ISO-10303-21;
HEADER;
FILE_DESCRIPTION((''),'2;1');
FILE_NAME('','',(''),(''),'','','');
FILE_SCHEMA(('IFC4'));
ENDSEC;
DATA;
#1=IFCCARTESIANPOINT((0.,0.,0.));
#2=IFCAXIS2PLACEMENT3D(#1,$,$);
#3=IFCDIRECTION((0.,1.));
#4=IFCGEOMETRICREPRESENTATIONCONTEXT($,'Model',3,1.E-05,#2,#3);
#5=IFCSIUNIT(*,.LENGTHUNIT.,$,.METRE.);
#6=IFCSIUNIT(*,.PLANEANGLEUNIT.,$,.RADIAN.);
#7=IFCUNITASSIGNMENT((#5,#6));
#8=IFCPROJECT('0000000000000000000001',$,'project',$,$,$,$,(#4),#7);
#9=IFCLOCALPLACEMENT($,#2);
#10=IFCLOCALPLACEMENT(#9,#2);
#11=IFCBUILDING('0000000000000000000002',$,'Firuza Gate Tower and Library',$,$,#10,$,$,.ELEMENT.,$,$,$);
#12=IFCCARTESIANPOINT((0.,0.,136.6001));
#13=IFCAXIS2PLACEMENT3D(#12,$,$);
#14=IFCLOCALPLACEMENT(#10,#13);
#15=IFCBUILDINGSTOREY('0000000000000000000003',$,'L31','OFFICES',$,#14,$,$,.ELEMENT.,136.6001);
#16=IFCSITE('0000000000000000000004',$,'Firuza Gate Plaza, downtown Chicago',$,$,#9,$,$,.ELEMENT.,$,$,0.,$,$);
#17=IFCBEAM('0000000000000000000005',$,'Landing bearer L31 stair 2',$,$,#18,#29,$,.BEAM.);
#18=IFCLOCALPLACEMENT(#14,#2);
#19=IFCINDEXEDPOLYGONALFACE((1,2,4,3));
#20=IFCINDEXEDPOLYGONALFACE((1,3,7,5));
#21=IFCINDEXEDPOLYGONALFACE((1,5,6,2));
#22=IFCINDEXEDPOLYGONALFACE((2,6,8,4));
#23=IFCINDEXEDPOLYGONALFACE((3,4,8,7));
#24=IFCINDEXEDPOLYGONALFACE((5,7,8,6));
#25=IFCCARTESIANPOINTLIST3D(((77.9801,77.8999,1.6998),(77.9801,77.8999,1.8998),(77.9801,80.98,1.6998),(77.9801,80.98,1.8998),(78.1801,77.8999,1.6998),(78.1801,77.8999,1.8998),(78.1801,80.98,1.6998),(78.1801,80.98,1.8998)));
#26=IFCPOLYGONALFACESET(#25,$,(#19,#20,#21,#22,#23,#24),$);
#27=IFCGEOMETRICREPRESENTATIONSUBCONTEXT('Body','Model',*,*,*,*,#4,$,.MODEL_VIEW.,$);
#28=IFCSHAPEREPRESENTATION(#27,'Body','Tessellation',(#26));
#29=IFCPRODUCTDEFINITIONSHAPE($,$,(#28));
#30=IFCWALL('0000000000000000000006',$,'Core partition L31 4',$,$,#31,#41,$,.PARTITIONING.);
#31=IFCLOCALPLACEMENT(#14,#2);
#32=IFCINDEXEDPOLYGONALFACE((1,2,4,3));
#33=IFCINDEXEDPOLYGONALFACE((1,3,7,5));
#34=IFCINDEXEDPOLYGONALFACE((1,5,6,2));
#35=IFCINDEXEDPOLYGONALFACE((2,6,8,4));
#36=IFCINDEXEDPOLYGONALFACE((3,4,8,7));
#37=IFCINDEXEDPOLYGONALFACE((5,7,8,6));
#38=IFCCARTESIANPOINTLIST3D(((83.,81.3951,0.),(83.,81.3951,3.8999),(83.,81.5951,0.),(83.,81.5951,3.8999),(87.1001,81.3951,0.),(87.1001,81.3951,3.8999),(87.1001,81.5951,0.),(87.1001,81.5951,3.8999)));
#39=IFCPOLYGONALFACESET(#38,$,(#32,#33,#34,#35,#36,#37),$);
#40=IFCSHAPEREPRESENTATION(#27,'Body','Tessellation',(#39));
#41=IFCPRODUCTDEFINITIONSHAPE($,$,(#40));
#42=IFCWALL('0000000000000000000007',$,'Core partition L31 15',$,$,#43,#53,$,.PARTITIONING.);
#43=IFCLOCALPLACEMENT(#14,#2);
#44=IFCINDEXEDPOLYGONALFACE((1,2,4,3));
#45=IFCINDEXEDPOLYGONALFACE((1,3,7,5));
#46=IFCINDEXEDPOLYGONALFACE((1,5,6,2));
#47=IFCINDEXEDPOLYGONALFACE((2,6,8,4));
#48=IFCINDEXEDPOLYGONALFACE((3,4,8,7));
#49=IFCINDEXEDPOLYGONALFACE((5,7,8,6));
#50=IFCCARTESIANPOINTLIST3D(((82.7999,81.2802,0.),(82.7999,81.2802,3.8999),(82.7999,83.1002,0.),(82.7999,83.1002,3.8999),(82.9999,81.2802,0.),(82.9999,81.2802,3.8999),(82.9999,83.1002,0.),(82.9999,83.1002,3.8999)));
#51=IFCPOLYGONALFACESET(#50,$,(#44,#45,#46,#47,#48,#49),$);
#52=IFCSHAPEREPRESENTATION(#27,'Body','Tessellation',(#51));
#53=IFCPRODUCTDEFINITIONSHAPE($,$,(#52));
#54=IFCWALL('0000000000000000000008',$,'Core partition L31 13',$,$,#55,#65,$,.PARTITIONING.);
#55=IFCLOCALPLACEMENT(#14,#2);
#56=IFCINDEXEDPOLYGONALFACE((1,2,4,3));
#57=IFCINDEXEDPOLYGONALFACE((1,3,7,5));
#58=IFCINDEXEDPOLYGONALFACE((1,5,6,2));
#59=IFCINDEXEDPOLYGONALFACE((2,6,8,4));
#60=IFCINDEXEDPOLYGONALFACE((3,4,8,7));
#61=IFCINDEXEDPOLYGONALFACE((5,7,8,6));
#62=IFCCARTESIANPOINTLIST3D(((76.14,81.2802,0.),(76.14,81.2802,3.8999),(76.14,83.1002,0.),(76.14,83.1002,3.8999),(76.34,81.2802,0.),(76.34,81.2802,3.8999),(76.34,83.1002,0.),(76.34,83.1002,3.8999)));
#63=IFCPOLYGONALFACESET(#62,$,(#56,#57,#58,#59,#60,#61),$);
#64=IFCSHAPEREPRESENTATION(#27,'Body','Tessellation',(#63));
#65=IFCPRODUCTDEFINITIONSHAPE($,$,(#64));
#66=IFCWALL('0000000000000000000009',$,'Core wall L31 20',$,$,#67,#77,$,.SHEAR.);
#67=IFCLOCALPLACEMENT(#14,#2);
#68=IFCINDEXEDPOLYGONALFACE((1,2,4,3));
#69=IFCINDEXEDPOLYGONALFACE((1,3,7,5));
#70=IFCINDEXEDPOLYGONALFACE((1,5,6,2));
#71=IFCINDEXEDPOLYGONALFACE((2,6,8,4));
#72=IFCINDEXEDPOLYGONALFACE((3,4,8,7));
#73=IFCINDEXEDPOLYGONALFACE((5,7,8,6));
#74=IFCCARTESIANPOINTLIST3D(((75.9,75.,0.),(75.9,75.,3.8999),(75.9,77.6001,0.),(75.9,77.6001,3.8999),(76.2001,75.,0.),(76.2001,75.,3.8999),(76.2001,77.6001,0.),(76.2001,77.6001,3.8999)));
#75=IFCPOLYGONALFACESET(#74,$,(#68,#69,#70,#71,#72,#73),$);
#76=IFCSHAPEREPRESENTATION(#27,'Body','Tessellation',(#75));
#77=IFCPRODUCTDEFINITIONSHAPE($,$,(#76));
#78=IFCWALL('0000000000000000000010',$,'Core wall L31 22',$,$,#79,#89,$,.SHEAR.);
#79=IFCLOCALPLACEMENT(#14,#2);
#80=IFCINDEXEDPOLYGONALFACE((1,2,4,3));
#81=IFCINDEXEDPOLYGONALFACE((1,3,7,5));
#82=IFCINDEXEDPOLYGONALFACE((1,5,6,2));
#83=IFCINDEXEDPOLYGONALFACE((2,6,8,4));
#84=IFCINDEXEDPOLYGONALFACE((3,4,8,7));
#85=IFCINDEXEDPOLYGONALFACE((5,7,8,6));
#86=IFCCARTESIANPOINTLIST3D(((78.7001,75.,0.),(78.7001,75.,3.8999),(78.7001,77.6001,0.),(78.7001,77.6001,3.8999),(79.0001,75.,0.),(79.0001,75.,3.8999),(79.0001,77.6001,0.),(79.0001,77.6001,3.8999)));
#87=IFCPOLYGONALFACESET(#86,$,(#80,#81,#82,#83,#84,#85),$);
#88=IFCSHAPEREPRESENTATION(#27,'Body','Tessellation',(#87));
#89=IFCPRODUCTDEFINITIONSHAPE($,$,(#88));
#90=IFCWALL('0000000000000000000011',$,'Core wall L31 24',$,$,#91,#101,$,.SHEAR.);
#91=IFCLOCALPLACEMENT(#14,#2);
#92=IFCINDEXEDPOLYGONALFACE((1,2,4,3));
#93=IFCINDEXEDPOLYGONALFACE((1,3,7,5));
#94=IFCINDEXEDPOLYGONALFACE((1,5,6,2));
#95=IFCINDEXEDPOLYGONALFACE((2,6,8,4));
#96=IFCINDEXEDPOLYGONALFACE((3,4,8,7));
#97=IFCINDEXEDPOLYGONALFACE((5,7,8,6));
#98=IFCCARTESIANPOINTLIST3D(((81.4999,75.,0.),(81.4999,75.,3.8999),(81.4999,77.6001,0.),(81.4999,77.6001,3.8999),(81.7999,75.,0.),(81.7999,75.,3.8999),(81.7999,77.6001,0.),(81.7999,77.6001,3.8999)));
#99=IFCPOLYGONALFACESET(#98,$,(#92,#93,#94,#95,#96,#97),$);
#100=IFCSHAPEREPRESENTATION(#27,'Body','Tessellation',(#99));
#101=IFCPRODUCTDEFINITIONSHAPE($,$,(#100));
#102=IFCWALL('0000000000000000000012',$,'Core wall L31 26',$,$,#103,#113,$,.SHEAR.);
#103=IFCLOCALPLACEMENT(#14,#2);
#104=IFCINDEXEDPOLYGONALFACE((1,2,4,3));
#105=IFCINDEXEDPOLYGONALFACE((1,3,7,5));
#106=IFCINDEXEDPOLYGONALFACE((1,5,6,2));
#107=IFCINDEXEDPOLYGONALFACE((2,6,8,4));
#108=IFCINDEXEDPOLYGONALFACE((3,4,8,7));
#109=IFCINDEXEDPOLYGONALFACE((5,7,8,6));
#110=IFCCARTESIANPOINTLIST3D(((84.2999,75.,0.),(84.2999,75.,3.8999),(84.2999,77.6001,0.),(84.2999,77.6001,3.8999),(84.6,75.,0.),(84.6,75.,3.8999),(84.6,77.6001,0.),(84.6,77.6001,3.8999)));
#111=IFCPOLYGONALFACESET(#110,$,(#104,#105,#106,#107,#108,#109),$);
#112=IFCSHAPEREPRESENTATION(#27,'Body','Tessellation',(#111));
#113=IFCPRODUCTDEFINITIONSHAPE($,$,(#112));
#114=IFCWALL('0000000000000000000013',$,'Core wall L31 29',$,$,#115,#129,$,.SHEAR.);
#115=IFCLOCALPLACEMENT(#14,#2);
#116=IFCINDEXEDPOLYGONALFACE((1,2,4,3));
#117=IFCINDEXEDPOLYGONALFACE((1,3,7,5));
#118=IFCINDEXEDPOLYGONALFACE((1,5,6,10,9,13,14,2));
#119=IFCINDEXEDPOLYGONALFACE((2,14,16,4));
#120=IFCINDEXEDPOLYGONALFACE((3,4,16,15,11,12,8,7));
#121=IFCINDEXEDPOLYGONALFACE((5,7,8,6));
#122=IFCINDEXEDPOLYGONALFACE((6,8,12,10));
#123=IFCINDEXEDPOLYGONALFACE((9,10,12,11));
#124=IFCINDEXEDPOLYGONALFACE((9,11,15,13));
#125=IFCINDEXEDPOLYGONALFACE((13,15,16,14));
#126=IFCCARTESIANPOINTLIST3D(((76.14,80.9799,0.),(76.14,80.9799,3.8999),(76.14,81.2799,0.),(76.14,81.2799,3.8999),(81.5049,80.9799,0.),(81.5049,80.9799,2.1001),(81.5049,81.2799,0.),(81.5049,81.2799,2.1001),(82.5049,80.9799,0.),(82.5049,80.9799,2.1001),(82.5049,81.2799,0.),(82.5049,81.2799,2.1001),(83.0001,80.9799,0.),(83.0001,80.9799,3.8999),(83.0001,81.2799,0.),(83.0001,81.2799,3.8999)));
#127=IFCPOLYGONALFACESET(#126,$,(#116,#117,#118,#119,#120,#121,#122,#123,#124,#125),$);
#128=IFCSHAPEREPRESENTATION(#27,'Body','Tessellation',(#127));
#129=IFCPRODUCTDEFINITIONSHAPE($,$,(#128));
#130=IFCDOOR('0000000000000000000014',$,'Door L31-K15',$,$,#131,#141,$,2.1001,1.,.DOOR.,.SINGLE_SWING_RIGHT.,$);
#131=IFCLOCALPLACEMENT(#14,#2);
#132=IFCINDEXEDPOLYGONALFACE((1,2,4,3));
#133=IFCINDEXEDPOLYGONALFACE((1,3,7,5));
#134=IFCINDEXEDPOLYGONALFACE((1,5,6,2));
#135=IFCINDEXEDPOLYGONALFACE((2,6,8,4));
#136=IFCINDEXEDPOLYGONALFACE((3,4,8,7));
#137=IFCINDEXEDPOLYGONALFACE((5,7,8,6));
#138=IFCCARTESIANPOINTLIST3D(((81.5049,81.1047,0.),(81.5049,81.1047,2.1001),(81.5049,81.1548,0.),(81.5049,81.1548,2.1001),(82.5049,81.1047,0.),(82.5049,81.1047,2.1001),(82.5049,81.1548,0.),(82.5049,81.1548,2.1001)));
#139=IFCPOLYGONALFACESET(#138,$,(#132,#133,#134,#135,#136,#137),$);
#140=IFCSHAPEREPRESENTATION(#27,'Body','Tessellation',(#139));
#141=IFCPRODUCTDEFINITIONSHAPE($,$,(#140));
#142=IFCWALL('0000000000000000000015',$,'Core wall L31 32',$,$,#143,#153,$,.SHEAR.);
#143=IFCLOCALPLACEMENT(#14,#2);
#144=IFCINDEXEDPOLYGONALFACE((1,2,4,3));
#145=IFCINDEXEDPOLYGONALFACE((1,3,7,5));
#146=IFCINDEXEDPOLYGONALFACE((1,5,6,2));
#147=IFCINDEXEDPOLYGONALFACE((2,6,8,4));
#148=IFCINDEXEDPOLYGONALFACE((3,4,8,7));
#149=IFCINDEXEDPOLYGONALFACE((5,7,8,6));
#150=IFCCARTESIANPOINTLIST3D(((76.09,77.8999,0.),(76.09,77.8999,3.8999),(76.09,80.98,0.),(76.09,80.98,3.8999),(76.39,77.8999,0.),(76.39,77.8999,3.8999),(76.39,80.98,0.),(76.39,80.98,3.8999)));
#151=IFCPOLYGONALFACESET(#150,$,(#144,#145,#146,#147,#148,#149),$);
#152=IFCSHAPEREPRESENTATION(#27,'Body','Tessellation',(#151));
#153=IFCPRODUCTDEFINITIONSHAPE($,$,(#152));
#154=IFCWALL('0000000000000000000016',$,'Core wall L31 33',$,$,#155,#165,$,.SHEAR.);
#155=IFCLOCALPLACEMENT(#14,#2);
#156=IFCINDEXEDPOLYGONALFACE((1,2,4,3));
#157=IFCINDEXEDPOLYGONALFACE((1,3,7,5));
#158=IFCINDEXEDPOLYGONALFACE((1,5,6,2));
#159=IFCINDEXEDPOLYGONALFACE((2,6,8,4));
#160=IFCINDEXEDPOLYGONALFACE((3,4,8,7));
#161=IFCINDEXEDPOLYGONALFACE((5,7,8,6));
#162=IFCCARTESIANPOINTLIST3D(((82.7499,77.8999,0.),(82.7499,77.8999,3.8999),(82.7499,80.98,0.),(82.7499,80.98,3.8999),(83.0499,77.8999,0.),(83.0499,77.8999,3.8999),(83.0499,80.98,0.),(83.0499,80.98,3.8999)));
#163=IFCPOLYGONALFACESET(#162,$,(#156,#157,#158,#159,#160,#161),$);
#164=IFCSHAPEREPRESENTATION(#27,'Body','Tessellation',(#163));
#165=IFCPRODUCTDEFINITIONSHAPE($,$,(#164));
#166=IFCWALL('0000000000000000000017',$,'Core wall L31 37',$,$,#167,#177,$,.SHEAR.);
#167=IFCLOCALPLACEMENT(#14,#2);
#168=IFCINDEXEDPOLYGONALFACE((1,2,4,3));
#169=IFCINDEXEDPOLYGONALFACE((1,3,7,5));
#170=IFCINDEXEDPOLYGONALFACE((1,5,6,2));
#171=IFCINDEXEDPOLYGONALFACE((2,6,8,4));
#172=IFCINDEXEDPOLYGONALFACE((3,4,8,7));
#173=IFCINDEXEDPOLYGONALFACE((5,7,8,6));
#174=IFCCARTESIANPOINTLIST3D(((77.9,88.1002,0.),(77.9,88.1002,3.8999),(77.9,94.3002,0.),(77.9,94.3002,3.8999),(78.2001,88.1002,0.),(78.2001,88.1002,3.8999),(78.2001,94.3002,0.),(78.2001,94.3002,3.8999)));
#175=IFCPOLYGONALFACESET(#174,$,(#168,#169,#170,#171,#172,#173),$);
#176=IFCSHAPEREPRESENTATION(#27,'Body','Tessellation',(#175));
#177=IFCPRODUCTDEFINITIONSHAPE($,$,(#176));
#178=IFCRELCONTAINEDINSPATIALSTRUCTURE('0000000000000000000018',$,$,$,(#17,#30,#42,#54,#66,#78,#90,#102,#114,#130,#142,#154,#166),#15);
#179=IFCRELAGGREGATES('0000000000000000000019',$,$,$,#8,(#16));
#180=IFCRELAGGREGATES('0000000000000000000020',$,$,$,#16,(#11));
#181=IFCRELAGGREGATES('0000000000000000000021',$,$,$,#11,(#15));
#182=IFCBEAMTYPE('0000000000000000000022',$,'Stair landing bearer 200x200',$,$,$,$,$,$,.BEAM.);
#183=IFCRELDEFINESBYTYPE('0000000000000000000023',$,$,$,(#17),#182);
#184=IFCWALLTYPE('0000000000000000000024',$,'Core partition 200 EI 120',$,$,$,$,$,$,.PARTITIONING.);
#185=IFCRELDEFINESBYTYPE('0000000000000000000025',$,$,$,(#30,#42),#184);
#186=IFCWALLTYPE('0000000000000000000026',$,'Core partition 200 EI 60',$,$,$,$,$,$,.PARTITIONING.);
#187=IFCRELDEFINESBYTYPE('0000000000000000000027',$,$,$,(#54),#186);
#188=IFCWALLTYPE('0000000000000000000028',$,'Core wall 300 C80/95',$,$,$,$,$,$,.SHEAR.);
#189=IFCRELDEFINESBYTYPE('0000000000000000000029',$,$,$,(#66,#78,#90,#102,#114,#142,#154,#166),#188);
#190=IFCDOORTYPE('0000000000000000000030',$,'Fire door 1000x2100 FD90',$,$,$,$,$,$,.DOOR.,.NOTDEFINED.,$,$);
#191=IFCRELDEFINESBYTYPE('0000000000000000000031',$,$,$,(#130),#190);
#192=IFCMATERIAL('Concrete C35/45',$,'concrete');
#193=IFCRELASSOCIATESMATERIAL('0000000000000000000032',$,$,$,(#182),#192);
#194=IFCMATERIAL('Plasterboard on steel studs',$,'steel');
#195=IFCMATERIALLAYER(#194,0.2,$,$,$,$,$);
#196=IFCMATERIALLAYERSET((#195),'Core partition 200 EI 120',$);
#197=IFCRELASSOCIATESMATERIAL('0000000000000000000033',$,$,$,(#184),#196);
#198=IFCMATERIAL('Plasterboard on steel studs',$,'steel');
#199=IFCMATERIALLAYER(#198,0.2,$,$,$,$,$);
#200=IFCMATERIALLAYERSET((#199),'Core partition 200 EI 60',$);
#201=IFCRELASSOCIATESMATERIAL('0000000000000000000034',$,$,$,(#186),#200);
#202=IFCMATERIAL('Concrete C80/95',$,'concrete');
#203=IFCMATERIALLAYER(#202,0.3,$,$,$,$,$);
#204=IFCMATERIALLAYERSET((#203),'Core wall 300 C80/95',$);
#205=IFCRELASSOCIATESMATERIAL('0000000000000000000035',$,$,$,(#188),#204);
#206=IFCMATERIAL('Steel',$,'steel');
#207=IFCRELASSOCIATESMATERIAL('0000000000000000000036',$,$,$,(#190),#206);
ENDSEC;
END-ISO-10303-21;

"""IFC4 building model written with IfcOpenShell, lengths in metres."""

from ifc_helpers import new_model, si_unit, direction, frame, frame_2d, origin, origin_2d, place, context, subcontext, project, spatial, rectangle, extrude, material, layer, layer_set, material_profile, profile_set, type_object, element, fill, save


model = new_model("IFC4")

# Units and contexts
model_context = context("Model", 3, precision=1e-05, world=origin(), true_north=direction((0.0, 1.0)))
body_context = subcontext(model_context, "Body", "Model", "MODEL_VIEW")
ifc_project = project(units=[si_unit("LENGTHUNIT", "METRE"), si_unit("PLANEANGLEUNIT", "RADIAN")], contexts=[model_context])

# Site, building, storey
site_placement = place(None, origin())
site = spatial("IfcSite", under=ifc_project, at=site_placement, Name="Firuza Gate Plaza, downtown Chicago", CompositionType="ELEMENT", RefElevation=0.0)
building_placement = place(site_placement, origin())
building = spatial("IfcBuilding", under=site, at=building_placement, Name="Firuza Gate Tower and Library", CompositionType="ELEMENT")
storey_placement = place(building_placement, frame((0.0, 0.0, 136.6001)))
storey = spatial("IfcBuildingStorey", under=building, at=storey_placement, Name="L31", Description="OFFICES", CompositionType="ELEMENT", Elevation=136.6001)

# Beam
ifc_material_1 = material(Name="Concrete C35/45", Category="concrete")
ifc_material_profile = material_profile(ifc_material_1, rectangle(XDim=0.2, YDim=0.2, at=origin_2d()))
ifc_profile_set = profile_set([ifc_material_profile], Name="Concrete C35/45")
beam_type = type_object("IfcBeamType", Name="Stair landing bearer 200x200", PredefinedType="BEAM", material=ifc_profile_set)
beam_placement = place(storey_placement, frame((78.0801, 80.98, 1.7998), z_axis=(0.0, -1.0, 0.0), x_axis=(1.0, 0.0, 0.0)))
element("IfcBeam", 1, at=beam_placement, inside=storey, type_object=beam_type, Name="Landing bearer L31 stair 2", PredefinedType="BEAM", context=body_context, shape_type="SweptSolid", body=[
    extrude(rectangle(XDim=0.2, YDim=0.2, at=origin_2d()), origin(), (0.0, 0.0, 1.0), 3.0801),
])

# Walls
ifc_material_2 = material(Name="Plasterboard on steel studs", Category="steel")
ifc_layer_1 = layer(ifc_material_2, 0.2)
ifc_layer_set_1 = layer_set([ifc_layer_1], Name="Core partition 200 EI 120")
wall_type_1 = type_object("IfcWallType", Name="Core partition 200 EI 120", PredefinedType="PARTITIONING", material=ifc_layer_set_1)
wall_1_placement = place(storey_placement, frame((83.0, 81.4951, 0.0), z_axis=(0.0, 0.0, 1.0), x_axis=(1.0, 0.0, 0.0)))
element("IfcWall", 2, at=wall_1_placement, inside=storey, type_object=wall_type_1, Name="Core partition L31 4", PredefinedType="PARTITIONING", context=body_context, shape_type="SweptSolid", body=[
    extrude(rectangle(XDim=4.1001, YDim=0.2, at=frame_2d((2.05, 0.0))), origin(), (0.0, 0.0, 1.0), 3.8999),
])
wall_2_placement = place(storey_placement, frame((82.8999, 81.28, 0.0), z_axis=(0.0, 0.0, 1.0), x_axis=(0.0, 1.0, 0.0)))
element("IfcWall", 3, at=wall_2_placement, inside=storey, type_object=wall_type_1, Name="Core partition L31 15", PredefinedType="PARTITIONING", context=body_context, shape_type="SweptSolid", body=[
    extrude(rectangle(XDim=1.8201, YDim=0.2, at=frame_2d((0.9102, 0.0))), origin(), (0.0, 0.0, 1.0), 3.8999),
])
ifc_material_3 = material(Name="Plasterboard on steel studs", Category="steel")
ifc_layer_2 = layer(ifc_material_3, 0.2)
ifc_layer_set_2 = layer_set([ifc_layer_2], Name="Core partition 200 EI 60")
wall_type_2 = type_object("IfcWallType", Name="Core partition 200 EI 60", PredefinedType="PARTITIONING", material=ifc_layer_set_2)
wall_3_placement = place(storey_placement, frame((76.24, 81.28, 0.0), z_axis=(0.0, 0.0, 1.0), x_axis=(0.0, 1.0, 0.0)))
element("IfcWall", 4, at=wall_3_placement, inside=storey, type_object=wall_type_2, Name="Core partition L31 13", PredefinedType="PARTITIONING", context=body_context, shape_type="SweptSolid", body=[
    extrude(rectangle(XDim=1.8201, YDim=0.2, at=frame_2d((0.9102, 0.0))), origin(), (0.0, 0.0, 1.0), 3.8999),
])
ifc_material_4 = material(Name="Concrete C80/95", Category="concrete")
ifc_layer_3 = layer(ifc_material_4, 0.3)
ifc_layer_set_3 = layer_set([ifc_layer_3], Name="Core wall 300 C80/95")
wall_type_3 = type_object("IfcWallType", Name="Core wall 300 C80/95", PredefinedType="SHEAR", material=ifc_layer_set_3)
for number, where, z_axis, x_axis, name in (
    (5, (76.05, 75.0, 0.0), (0.0, 0.0, 1.0), (0.0, 1.0, 0.0), "Core wall L31 20"),
    (6, (78.8501, 75.0, 0.0), (0.0, 0.0, 1.0), (0.0, 1.0, 0.0), "Core wall L31 22"),
    (7, (81.6499, 75.0, 0.0), (0.0, 0.0, 1.0), (0.0, 1.0, 0.0), "Core wall L31 24"),
    (8, (84.45, 75.0, 0.0), (0.0, 0.0, 1.0), (0.0, 1.0, 0.0), "Core wall L31 26"),
):
    element("IfcWall", number, at=place(storey_placement, frame(where, z_axis=z_axis, x_axis=x_axis)), inside=storey, type_object=wall_type_3, Name=name, PredefinedType="SHEAR", context=body_context, shape_type="SweptSolid", body=[
        extrude(rectangle(XDim=2.6001, YDim=0.3, at=frame_2d((1.3, 0.0))), origin(), (0.0, 0.0, 1.0), 3.8999),
    ])

# Wall, opening, door
wall_4_placement = place(storey_placement, frame((76.1399, 81.1299, 0.0), z_axis=(0.0, 0.0, 1.0), x_axis=(1.0, 0.0, 0.0)))
wall_4 = element("IfcWall", 9, at=wall_4_placement, inside=storey, type_object=wall_type_3, Name="Core wall L31 29", PredefinedType="SHEAR", context=body_context, shape_type="SweptSolid", body=[
    extrude(rectangle(XDim=6.8601, YDim=0.3, at=frame_2d((3.4302, 0.0))), origin(), (0.0, 0.0, 1.0), 3.8999),
])
opening_1_placement = place(wall_4_placement, frame((5.365, 0.0, 0.0)))
opening_1 = element("IfcOpeningElement", 10, at=opening_1_placement, cuts=wall_4, PredefinedType="OPENING", context=body_context, shape_type="SweptSolid", body=[
    extrude(rectangle(XDim=1.0, YDim=2.1001, at=frame_2d((0.5, 1.05))), frame((0.0, 0.1602, 0.0), z_axis=(0.0, -1.0, 0.0), x_axis=(1.0, 0.0, 0.0)), (0.0, 0.0, 1.0), 0.3201),
])
ifc_material_5 = material(Name="Steel", Category="steel")
door_type_1 = type_object("IfcDoorType", Name="Fire door 1000x2100 FD90", OperationType="NOTDEFINED", PredefinedType="DOOR", material=ifc_material_5)
door_1_placement = place(opening_1_placement, origin())
door_1 = element("IfcDoor", 11, at=door_1_placement, inside=storey, type_object=door_type_1, Name="Door L31-K15", OperationType="SINGLE_SWING_RIGHT", OverallHeight=2.1001, OverallWidth=1.0, PredefinedType="DOOR", context=body_context, shape_type="SweptSolid", body=[
    extrude(rectangle(XDim=1.0, YDim=2.1001, at=frame_2d((0.5, 1.05))), frame((0.0, 0.0249, 0.0), z_axis=(0.0, -1.0, 0.0), x_axis=(1.0, 0.0, 0.0)), (0.0, 0.0, 1.0), 0.05),
])
fill(opening_1, door_1)

# Walls
for number, where, z_axis, x_axis, name in (
    (12, (76.24, 77.8999, 0.0), (0.0, 0.0, 1.0), (0.0, 1.0, 0.0), "Core wall L31 32"),
    (13, (82.8999, 77.8999, 0.0), (0.0, 0.0, 1.0), (0.0, 1.0, 0.0), "Core wall L31 33"),
):
    element("IfcWall", number, at=place(storey_placement, frame(where, z_axis=z_axis, x_axis=x_axis)), inside=storey, type_object=wall_type_3, Name=name, PredefinedType="SHEAR", context=body_context, shape_type="SweptSolid", body=[
        extrude(rectangle(XDim=3.0801, YDim=0.3, at=frame_2d((1.54, 0.0))), origin(), (0.0, 0.0, 1.0), 3.8999),
    ])
wall_5_placement = place(storey_placement, frame((78.05, 88.1001, 0.0), z_axis=(0.0, 0.0, 1.0), x_axis=(0.0, 1.0, 0.0)))
element("IfcWall", 14, at=wall_5_placement, inside=storey, type_object=wall_type_3, Name="Core wall L31 37", PredefinedType="SHEAR", context=body_context, shape_type="SweptSolid", body=[
    extrude(rectangle(XDim=6.2, YDim=0.3, at=frame_2d((3.1001, 0.0))), origin(), (0.0, 0.0, 1.0), 3.8999),
])

save(model, "model.ifc")
